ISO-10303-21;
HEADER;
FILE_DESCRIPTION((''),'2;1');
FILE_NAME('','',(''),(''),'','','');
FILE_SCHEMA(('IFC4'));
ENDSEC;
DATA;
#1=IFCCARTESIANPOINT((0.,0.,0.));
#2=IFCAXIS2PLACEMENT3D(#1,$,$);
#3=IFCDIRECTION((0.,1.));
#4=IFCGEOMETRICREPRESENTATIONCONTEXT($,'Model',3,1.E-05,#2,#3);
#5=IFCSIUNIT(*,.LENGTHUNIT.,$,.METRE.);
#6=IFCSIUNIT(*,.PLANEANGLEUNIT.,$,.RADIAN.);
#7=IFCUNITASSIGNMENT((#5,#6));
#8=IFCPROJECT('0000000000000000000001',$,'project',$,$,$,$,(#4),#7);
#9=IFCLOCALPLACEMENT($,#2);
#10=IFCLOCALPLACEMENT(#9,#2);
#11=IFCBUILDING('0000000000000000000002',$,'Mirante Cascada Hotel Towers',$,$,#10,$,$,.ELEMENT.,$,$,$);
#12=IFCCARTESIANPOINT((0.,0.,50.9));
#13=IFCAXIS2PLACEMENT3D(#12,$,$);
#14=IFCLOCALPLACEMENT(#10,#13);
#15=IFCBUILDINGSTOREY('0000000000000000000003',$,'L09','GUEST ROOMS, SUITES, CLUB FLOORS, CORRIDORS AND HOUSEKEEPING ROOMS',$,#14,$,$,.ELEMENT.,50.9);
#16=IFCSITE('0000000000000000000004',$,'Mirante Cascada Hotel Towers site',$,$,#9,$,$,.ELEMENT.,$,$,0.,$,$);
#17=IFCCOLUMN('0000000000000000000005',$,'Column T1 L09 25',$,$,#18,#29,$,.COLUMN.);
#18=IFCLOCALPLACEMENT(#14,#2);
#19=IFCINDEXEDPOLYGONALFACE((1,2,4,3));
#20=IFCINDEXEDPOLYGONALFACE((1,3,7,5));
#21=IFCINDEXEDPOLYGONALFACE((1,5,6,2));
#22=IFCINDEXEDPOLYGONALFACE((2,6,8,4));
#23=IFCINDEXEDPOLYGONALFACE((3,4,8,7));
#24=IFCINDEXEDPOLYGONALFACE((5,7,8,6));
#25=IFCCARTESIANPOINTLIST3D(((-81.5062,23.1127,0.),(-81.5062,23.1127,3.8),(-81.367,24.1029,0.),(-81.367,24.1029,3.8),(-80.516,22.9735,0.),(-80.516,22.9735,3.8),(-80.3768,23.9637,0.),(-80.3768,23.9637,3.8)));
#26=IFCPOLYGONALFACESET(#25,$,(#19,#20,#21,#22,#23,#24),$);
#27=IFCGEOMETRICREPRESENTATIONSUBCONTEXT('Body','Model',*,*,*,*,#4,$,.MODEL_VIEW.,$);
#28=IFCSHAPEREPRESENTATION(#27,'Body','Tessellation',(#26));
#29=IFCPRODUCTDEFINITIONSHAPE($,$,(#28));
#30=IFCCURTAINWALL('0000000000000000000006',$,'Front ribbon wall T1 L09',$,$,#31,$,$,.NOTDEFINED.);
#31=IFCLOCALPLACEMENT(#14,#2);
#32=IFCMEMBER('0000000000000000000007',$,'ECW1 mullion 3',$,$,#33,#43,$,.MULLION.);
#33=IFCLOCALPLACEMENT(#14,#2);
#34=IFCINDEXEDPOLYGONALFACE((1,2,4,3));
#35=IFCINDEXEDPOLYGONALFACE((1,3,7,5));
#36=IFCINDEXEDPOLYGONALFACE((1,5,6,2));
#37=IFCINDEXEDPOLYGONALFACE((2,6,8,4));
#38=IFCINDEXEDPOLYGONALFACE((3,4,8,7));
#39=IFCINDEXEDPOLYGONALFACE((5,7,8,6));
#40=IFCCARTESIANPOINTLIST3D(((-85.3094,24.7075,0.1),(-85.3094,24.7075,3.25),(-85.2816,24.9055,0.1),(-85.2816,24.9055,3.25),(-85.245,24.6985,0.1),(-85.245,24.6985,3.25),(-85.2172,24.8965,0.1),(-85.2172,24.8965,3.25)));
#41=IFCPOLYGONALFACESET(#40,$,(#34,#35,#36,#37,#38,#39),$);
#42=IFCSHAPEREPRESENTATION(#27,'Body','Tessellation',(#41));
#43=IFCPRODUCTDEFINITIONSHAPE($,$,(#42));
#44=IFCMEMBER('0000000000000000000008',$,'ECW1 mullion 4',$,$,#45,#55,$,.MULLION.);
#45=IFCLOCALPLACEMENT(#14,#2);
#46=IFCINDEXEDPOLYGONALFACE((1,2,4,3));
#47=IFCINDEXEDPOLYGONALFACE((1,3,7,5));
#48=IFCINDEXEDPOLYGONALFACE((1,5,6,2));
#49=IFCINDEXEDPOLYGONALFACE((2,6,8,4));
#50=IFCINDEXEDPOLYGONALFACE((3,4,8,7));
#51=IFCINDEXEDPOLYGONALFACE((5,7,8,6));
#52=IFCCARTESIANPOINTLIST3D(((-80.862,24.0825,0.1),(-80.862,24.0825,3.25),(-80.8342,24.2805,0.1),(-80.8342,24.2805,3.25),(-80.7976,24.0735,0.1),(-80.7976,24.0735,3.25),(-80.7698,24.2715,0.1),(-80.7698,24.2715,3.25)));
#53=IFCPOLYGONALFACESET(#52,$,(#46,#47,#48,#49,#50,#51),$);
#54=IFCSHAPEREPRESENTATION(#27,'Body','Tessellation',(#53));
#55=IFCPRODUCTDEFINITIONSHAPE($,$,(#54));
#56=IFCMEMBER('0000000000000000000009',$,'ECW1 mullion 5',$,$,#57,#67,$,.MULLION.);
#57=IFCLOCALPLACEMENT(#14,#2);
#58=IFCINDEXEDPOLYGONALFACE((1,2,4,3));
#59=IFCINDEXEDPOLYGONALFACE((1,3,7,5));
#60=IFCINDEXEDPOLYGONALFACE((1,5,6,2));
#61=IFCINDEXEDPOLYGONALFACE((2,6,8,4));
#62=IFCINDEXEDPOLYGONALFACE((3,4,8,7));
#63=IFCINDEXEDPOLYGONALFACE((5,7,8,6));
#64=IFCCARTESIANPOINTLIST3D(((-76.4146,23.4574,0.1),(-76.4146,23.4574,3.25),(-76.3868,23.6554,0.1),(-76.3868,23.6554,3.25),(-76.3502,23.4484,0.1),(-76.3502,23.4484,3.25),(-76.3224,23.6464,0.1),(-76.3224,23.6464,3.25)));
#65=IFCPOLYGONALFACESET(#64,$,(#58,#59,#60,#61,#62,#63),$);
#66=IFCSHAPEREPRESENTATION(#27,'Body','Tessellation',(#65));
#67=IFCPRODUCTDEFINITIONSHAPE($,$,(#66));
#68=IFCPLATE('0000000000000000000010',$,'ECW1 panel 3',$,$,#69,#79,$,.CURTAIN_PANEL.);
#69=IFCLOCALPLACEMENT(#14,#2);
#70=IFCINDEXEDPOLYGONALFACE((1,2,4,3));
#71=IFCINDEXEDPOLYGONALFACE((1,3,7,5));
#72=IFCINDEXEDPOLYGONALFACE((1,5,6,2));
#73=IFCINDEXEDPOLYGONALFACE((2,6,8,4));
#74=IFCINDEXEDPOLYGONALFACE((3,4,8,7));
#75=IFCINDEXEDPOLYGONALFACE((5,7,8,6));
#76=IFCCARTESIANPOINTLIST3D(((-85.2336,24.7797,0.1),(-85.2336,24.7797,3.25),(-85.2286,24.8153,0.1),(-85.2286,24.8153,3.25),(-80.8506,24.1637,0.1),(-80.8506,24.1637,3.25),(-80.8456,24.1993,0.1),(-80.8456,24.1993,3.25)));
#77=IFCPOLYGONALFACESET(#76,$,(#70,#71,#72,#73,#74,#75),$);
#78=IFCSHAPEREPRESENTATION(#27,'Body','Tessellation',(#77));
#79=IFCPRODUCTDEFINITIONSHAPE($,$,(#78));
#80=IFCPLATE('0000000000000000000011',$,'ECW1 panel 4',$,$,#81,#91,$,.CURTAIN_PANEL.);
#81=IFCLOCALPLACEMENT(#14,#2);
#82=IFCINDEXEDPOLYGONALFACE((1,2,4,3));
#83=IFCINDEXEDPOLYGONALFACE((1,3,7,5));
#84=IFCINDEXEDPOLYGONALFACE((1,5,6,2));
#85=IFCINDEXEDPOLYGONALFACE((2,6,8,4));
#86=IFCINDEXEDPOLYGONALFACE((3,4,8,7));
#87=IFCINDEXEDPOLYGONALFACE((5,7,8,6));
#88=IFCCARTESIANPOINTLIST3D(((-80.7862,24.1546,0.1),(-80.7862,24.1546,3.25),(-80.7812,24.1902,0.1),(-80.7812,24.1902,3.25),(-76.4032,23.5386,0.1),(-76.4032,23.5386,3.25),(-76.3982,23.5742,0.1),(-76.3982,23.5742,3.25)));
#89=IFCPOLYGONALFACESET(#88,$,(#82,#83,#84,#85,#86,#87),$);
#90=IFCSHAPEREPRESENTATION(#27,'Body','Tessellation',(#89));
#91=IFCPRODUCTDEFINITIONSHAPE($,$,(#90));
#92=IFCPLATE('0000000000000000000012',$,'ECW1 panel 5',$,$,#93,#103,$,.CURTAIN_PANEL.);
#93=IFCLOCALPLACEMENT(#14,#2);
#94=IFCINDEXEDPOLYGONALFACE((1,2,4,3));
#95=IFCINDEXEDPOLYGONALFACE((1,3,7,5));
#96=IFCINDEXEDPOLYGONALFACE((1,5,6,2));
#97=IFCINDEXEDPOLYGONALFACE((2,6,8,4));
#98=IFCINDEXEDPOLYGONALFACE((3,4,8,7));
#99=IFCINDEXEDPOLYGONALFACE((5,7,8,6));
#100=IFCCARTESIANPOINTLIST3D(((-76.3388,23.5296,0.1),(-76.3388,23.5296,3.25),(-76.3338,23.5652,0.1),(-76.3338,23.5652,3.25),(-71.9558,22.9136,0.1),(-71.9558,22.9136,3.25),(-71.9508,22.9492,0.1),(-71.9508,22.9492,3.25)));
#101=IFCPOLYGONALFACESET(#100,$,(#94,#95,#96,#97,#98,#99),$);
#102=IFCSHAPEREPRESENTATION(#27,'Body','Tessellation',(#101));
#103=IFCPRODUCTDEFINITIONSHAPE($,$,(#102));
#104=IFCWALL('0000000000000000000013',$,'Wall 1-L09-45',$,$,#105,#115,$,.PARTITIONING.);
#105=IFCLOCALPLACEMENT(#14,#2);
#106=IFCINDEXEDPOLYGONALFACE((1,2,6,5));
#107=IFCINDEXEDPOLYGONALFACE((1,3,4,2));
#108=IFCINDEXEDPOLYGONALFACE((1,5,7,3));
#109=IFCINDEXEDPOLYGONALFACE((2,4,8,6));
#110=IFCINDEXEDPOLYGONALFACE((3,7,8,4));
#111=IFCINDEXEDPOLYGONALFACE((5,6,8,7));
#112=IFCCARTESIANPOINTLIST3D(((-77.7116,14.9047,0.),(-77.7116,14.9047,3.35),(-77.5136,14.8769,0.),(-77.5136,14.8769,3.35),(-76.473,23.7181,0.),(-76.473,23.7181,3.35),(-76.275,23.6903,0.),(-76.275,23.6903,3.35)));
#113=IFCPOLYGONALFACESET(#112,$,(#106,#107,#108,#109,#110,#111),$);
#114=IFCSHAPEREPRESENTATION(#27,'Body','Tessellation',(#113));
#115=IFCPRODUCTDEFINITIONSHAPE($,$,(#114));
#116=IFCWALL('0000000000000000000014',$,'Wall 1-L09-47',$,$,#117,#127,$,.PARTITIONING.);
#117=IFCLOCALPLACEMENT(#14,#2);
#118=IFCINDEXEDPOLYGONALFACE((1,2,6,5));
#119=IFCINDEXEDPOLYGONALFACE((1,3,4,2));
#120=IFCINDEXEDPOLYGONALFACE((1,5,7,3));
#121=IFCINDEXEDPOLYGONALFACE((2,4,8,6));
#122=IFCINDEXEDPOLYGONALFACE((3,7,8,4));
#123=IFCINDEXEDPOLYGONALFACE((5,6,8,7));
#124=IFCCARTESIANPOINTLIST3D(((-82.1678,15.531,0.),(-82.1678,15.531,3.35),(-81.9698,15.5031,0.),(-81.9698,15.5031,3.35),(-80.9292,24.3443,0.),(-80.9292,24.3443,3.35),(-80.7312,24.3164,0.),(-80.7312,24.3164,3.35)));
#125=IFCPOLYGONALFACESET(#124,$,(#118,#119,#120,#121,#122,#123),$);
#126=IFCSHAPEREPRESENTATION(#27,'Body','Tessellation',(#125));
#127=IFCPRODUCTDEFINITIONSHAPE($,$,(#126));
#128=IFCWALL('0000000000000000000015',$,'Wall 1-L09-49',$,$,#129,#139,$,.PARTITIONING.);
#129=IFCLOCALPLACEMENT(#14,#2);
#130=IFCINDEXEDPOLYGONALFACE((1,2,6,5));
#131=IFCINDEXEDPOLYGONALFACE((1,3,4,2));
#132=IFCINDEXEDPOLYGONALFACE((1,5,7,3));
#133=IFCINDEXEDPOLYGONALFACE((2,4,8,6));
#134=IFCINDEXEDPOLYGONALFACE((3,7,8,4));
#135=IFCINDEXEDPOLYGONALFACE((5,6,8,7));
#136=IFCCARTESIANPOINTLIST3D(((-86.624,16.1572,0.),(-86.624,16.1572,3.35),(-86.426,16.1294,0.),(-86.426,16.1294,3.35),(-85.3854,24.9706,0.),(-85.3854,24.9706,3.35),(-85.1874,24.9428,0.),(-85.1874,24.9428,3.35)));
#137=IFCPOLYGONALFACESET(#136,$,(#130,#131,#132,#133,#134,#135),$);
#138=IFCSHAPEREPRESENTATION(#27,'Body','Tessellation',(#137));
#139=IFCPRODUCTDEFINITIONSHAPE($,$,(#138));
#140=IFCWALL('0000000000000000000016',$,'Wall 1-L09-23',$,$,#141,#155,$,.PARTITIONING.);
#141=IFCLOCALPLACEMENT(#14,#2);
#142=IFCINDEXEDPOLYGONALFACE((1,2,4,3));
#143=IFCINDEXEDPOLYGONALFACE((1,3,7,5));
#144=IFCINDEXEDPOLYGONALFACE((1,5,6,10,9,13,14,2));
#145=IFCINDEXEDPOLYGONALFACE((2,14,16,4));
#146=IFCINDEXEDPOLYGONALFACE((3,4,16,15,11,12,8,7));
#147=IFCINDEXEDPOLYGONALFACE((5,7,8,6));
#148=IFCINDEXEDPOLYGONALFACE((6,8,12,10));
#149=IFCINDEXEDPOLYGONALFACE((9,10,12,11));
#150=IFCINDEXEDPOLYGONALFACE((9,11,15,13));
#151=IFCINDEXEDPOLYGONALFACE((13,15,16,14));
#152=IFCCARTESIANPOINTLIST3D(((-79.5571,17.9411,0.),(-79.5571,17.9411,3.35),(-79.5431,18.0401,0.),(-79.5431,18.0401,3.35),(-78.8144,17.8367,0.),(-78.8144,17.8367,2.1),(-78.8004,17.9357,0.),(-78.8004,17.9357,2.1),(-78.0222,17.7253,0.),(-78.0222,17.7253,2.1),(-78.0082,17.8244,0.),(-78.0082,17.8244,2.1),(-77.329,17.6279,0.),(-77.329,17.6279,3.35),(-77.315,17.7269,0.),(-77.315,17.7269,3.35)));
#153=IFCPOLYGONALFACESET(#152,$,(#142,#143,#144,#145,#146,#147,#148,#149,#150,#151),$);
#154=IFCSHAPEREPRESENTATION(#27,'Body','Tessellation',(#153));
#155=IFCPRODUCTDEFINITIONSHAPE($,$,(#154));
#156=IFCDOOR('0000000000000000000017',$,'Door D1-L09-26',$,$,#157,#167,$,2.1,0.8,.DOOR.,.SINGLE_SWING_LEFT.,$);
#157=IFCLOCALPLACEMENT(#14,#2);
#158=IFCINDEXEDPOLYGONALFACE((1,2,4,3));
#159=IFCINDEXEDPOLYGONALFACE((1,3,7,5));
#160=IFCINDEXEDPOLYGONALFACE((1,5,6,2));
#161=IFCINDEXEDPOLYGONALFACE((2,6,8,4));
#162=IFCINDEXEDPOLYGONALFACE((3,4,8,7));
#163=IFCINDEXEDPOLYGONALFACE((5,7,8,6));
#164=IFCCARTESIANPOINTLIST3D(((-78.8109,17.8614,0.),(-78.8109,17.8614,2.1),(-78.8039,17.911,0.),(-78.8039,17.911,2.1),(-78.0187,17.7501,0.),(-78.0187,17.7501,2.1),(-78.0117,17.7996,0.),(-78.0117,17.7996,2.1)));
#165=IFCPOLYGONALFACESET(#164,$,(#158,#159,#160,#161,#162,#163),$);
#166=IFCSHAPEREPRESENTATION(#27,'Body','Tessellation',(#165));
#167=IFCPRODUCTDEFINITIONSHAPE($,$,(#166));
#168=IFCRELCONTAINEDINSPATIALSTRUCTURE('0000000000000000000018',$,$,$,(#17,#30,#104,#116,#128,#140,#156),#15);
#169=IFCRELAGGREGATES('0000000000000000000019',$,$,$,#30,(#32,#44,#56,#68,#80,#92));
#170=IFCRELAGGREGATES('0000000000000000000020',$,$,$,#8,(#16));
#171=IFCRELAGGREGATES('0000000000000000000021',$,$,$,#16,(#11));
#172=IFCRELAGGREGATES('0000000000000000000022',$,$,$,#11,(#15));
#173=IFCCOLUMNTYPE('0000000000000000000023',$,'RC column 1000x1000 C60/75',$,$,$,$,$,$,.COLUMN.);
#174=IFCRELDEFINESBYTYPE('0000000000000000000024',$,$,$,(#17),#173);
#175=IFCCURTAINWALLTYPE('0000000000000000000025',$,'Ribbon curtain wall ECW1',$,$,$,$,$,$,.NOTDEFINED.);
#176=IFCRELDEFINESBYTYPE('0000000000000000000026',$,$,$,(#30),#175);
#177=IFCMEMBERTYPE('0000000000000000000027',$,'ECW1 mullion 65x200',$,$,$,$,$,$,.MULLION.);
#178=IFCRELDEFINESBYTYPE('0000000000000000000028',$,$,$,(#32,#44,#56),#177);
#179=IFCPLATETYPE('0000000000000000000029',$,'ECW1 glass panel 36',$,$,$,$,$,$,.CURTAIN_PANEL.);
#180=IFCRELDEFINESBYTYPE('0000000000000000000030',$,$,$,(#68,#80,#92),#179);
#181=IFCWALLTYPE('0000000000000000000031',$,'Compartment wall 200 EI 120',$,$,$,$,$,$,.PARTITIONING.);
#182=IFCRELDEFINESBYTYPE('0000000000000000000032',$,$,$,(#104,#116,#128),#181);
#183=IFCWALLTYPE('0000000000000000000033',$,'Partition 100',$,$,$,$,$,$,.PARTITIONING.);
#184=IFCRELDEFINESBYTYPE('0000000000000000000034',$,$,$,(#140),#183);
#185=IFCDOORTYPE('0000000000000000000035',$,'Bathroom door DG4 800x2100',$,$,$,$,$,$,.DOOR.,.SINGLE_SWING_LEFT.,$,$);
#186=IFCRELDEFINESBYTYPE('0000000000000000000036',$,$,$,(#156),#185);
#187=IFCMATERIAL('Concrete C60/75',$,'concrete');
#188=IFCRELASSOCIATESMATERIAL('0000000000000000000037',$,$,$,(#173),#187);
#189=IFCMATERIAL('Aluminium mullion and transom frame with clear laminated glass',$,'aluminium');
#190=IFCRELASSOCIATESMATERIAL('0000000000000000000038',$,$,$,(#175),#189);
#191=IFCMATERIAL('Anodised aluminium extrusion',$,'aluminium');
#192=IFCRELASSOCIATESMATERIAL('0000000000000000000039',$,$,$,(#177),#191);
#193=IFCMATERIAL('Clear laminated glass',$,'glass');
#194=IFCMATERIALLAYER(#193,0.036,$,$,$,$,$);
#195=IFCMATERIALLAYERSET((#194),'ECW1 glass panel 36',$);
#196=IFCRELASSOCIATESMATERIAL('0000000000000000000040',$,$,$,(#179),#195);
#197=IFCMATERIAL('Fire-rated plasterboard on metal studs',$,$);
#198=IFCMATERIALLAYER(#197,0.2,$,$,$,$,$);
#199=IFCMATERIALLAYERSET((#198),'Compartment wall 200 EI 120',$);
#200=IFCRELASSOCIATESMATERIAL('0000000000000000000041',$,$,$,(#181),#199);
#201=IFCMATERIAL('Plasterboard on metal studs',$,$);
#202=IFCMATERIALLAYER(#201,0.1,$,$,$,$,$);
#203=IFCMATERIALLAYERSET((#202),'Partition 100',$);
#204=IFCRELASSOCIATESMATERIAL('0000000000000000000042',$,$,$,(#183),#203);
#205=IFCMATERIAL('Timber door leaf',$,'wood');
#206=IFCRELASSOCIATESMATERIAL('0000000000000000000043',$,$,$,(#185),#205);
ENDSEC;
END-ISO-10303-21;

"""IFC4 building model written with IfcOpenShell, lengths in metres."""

from ifc_helpers import new_model, si_unit, direction, frame, frame_2d, origin, origin_2d, place, context, subcontext, project, spatial, rectangle, extrude, material, layer, layer_set, material_profile, profile_set, type_object, element, fill, aggregate, save


model = new_model("IFC4")

# Units and contexts
model_context = context("Model", 3, precision=1e-05, world=origin(), true_north=direction((0.0, 1.0)))
body_context = subcontext(model_context, "Body", "Model", "MODEL_VIEW")
ifc_project = project(units=[si_unit("LENGTHUNIT", "METRE"), si_unit("PLANEANGLEUNIT", "RADIAN")], contexts=[model_context])

# Site, building, storey
site_placement = place(None, origin())
site = spatial("IfcSite", under=ifc_project, at=site_placement, Name="Mirante Cascada Hotel Towers site", CompositionType="ELEMENT", RefElevation=0.0)
building_placement = place(site_placement, origin())
building = spatial("IfcBuilding", under=site, at=building_placement, Name="Mirante Cascada Hotel Towers", CompositionType="ELEMENT")
storey_placement = place(building_placement, frame((0.0, 0.0, 50.9)))
storey = spatial("IfcBuildingStorey", under=building, at=storey_placement, Name="L09", Description="GUEST ROOMS, SUITES, CLUB FLOORS, CORRIDORS AND HOUSEKEEPING ROOMS", CompositionType="ELEMENT", Elevation=50.9)

# Column
ifc_material_1 = material(Name="Concrete C60/75", Category="concrete")
ifc_material_profile_1 = material_profile(ifc_material_1, rectangle(XDim=1.0, YDim=1.0, at=origin_2d()), Name="RC column 1000x1000 C60/75")
ifc_profile_set_1 = profile_set([ifc_material_profile_1], Name="Concrete C60/75")
column_type = type_object("IfcColumnType", Name="RC column 1000x1000 C60/75", PredefinedType="COLUMN", material=ifc_profile_set_1)
column_placement = place(storey_placement, frame((-80.9415, 23.5382, 0.0), z_axis=(0.0, 0.0, 1.0), x_axis=(-0.990268, 0.139173, 0.0)))
element("IfcColumn", 1, at=column_placement, inside=storey, type_object=column_type, Name="Column T1 L09 25", PredefinedType="COLUMN", context=body_context, shape_type="SweptSolid", body=[
    extrude(rectangle(XDim=1.0, YDim=1.0, at=origin_2d()), origin(), (0.0, 0.0, 1.0), 3.8),
])

# Curtain wall, members, plates
ifc_material_2 = material(Name="Aluminium mullion and transom frame with clear laminated glass", Category="aluminium")
curtain_wall_type = type_object("IfcCurtainWallType", Name="Ribbon curtain wall ECW1", PredefinedType="NOTDEFINED", material=ifc_material_2)
curtain_wall_placement = place(storey_placement, origin())
curtain_wall = element("IfcCurtainWall", 2, at=curtain_wall_placement, inside=storey, type_object=curtain_wall_type, Name="Front ribbon wall T1 L09", PredefinedType="NOTDEFINED")
ifc_material_3 = material(Name="Anodised aluminium extrusion", Category="aluminium")
ifc_material_profile_2 = material_profile(ifc_material_3, rectangle(XDim=0.2, YDim=0.065, at=origin_2d()), Name="ECW1 MULLION 65x200")
ifc_profile_set_2 = profile_set([ifc_material_profile_2], Name="Anodised aluminium extrusion")
member_type = type_object("IfcMemberType", Name="ECW1 mullion 65x200", PredefinedType="MULLION", material=ifc_profile_set_2)
member_1_placement = place(storey_placement, frame((-85.2633, 24.802, 0.1), z_axis=(0.0, 0.0, 1.0), x_axis=(0.139173, 0.990268, 0.0)))
member_1 = element("IfcMember", 3, at=member_1_placement, type_object=member_type, Name="ECW1 mullion 3", PredefinedType="MULLION", context=body_context, shape_type="SweptSolid", body=[
    extrude(rectangle(XDim=0.2, YDim=0.065, at=origin_2d()), origin(), (0.0, 0.0, 1.0), 3.15),
])
member_2_placement = place(storey_placement, frame((-80.8159, 24.177, 0.1), z_axis=(0.0, 0.0, 1.0), x_axis=(0.139173, 0.990268, 0.0)))
member_2 = element("IfcMember", 4, at=member_2_placement, type_object=member_type, Name="ECW1 mullion 4", PredefinedType="MULLION", context=body_context, shape_type="SweptSolid", body=[
    extrude(rectangle(XDim=0.2, YDim=0.065, at=origin_2d()), origin(), (0.0, 0.0, 1.0), 3.15),
])
member_3_placement = place(storey_placement, frame((-76.3685, 23.5519, 0.1), z_axis=(0.0, 0.0, 1.0), x_axis=(0.139173, 0.990268, 0.0)))
member_3 = element("IfcMember", 5, at=member_3_placement, type_object=member_type, Name="ECW1 mullion 5", PredefinedType="MULLION", context=body_context, shape_type="SweptSolid", body=[
    extrude(rectangle(XDim=0.2, YDim=0.065, at=origin_2d()), origin(), (0.0, 0.0, 1.0), 3.15),
])
ifc_material_4 = material(Name="Clear laminated glass", Category="glass")
ifc_layer_1 = layer(ifc_material_4, 0.036)
ifc_layer_set_1 = layer_set([ifc_layer_1], Name="ECW1 glass panel 36")
plate_type = type_object("IfcPlateType", Name="ECW1 glass panel 36", PredefinedType="CURTAIN_PANEL", material=ifc_layer_set_1)
plate_1_placement = place(storey_placement, frame((-83.0396, 24.4895, 0.1), z_axis=(0.0, 0.0, 1.0), x_axis=(0.990268, -0.139173, 0.0)))
plate_1 = element("IfcPlate", 6, at=plate_1_placement, type_object=plate_type, Name="ECW1 panel 3", PredefinedType="CURTAIN_PANEL", context=body_context, shape_type="SweptSolid", body=[
    extrude(rectangle(XDim=4.4261, YDim=0.036, at=origin_2d()), origin(), (0.0, 0.0, 1.0), 3.15),
])
plate_2_placement = place(storey_placement, frame((-78.5922, 23.8644, 0.1), z_axis=(0.0, 0.0, 1.0), x_axis=(0.990268, -0.139173, 0.0)))
plate_2 = element("IfcPlate", 7, at=plate_2_placement, type_object=plate_type, Name="ECW1 panel 4", PredefinedType="CURTAIN_PANEL", context=body_context, shape_type="SweptSolid", body=[
    extrude(rectangle(XDim=4.4261, YDim=0.036, at=origin_2d()), origin(), (0.0, 0.0, 1.0), 3.15),
])
plate_3_placement = place(storey_placement, frame((-74.1448, 23.2394, 0.1), z_axis=(0.0, 0.0, 1.0), x_axis=(0.990268, -0.139173, 0.0)))
plate_3 = element("IfcPlate", 8, at=plate_3_placement, type_object=plate_type, Name="ECW1 panel 5", PredefinedType="CURTAIN_PANEL", context=body_context, shape_type="SweptSolid", body=[
    extrude(rectangle(XDim=4.4261, YDim=0.036, at=origin_2d()), origin(), (0.0, 0.0, 1.0), 3.15),
])
aggregate(curtain_wall, [member_1, member_2, member_3, plate_1, plate_2, plate_3])

# Walls
ifc_material_5 = material(Name="Fire-rated plasterboard on metal studs")
ifc_layer_2 = layer(ifc_material_5, 0.2)
ifc_layer_set_2 = layer_set([ifc_layer_2], Name="Compartment wall 200 EI 120")
wall_type_1 = type_object("IfcWallType", Name="Compartment wall 200 EI 120", PredefinedType="PARTITIONING", material=ifc_layer_set_2)
wall_1_placement = place(storey_placement, frame((-76.374, 23.7042, 0.0), z_axis=(0.0, 0.0, 1.0), x_axis=(-0.139168, -0.990269, 0.0)))
element("IfcWall", 9, at=wall_1_placement, inside=storey, type_object=wall_type_1, Name="Wall 1-L09-45", PredefinedType="PARTITIONING", context=body_context, shape_type="SweptSolid", body=[
    extrude(rectangle(XDim=8.9, YDim=0.2, at=frame_2d((4.45, 0.0))), origin(), (0.0, 0.0, 1.0), 3.35),
])
wall_2_placement = place(storey_placement, frame((-80.8302, 24.3304, 0.0), z_axis=(0.0, 0.0, 1.0), x_axis=(-0.13917, -0.990268, 0.0)))
element("IfcWall", 10, at=wall_2_placement, inside=storey, type_object=wall_type_1, Name="Wall 1-L09-47", PredefinedType="PARTITIONING", context=body_context, shape_type="SweptSolid", body=[
    extrude(rectangle(XDim=8.8999, YDim=0.2, at=frame_2d((4.45, 0.0))), origin(), (0.0, 0.0, 1.0), 3.35),
])
wall_3_placement = place(storey_placement, frame((-85.2864, 24.9567, 0.0), z_axis=(0.0, 0.0, 1.0), x_axis=(-0.139168, -0.990269, 0.0)))
element("IfcWall", 11, at=wall_3_placement, inside=storey, type_object=wall_type_1, Name="Wall 1-L09-49", PredefinedType="PARTITIONING", context=body_context, shape_type="SweptSolid", body=[
    extrude(rectangle(XDim=8.9, YDim=0.2, at=frame_2d((4.45, 0.0))), origin(), (0.0, 0.0, 1.0), 3.35),
])

# Wall, opening, door
ifc_material_6 = material(Name="Plasterboard on metal studs")
ifc_layer_3 = layer(ifc_material_6, 0.1)
ifc_layer_set_3 = layer_set([ifc_layer_3], Name="Partition 100")
wall_type_2 = type_object("IfcWallType", Name="Partition 100", PredefinedType="PARTITIONING", material=ifc_layer_set_3)
wall_4_placement = place(storey_placement, frame((-79.5501, 17.9906, 0.0), z_axis=(0.0, 0.0, 1.0), x_axis=(0.990264, -0.1392, 0.0)))
wall_4 = element("IfcWall", 12, at=wall_4_placement, inside=storey, type_object=wall_type_2, Name="Wall 1-L09-23", PredefinedType="PARTITIONING", context=body_context, shape_type="SweptSolid", body=[
    extrude(rectangle(XDim=2.25, YDim=0.1, at=frame_2d((1.125, 0.0))), origin(), (0.0, 0.0, 1.0), 3.35),
])
opening_1_placement = place(wall_4_placement, frame((0.75, 0.0, 0.0)))
opening_1 = element("IfcOpeningElement", 13, at=opening_1_placement, cuts=wall_4, PredefinedType="OPENING", context=body_context, shape_type="SweptSolid", body=[
    extrude(rectangle(XDim=0.8, YDim=2.1, at=frame_2d((0.4, 1.05))), frame((0.0, 0.05, 0.0), z_axis=(0.0, -1.0, 0.0), x_axis=(1.0, 0.0, 0.0)), (0.0, 0.0, 1.0), 0.1),
])
ifc_material_7 = material(Name="Timber door leaf", Category="wood")
door_type = type_object("IfcDoorType", Name="Bathroom door DG4 800x2100", OperationType="SINGLE_SWING_LEFT", PredefinedType="DOOR", material=ifc_material_7)
door_1_placement = place(opening_1_placement, origin())
door_1 = element("IfcDoor", 14, at=door_1_placement, inside=storey, type_object=door_type, Name="Door D1-L09-26", OperationType="SINGLE_SWING_LEFT", OverallHeight=2.1, OverallWidth=0.8, PredefinedType="DOOR", context=body_context, shape_type="SweptSolid", body=[
    extrude(rectangle(XDim=0.8, YDim=2.1, at=frame_2d((0.4, 1.05))), frame((0.0, 0.025, 0.0), z_axis=(0.0, -1.0, 0.0), x_axis=(1.0, 0.0, 0.0)), (0.0, 0.0, 1.0), 0.05),
])
fill(opening_1, door_1)

save(model, "model.ifc")
